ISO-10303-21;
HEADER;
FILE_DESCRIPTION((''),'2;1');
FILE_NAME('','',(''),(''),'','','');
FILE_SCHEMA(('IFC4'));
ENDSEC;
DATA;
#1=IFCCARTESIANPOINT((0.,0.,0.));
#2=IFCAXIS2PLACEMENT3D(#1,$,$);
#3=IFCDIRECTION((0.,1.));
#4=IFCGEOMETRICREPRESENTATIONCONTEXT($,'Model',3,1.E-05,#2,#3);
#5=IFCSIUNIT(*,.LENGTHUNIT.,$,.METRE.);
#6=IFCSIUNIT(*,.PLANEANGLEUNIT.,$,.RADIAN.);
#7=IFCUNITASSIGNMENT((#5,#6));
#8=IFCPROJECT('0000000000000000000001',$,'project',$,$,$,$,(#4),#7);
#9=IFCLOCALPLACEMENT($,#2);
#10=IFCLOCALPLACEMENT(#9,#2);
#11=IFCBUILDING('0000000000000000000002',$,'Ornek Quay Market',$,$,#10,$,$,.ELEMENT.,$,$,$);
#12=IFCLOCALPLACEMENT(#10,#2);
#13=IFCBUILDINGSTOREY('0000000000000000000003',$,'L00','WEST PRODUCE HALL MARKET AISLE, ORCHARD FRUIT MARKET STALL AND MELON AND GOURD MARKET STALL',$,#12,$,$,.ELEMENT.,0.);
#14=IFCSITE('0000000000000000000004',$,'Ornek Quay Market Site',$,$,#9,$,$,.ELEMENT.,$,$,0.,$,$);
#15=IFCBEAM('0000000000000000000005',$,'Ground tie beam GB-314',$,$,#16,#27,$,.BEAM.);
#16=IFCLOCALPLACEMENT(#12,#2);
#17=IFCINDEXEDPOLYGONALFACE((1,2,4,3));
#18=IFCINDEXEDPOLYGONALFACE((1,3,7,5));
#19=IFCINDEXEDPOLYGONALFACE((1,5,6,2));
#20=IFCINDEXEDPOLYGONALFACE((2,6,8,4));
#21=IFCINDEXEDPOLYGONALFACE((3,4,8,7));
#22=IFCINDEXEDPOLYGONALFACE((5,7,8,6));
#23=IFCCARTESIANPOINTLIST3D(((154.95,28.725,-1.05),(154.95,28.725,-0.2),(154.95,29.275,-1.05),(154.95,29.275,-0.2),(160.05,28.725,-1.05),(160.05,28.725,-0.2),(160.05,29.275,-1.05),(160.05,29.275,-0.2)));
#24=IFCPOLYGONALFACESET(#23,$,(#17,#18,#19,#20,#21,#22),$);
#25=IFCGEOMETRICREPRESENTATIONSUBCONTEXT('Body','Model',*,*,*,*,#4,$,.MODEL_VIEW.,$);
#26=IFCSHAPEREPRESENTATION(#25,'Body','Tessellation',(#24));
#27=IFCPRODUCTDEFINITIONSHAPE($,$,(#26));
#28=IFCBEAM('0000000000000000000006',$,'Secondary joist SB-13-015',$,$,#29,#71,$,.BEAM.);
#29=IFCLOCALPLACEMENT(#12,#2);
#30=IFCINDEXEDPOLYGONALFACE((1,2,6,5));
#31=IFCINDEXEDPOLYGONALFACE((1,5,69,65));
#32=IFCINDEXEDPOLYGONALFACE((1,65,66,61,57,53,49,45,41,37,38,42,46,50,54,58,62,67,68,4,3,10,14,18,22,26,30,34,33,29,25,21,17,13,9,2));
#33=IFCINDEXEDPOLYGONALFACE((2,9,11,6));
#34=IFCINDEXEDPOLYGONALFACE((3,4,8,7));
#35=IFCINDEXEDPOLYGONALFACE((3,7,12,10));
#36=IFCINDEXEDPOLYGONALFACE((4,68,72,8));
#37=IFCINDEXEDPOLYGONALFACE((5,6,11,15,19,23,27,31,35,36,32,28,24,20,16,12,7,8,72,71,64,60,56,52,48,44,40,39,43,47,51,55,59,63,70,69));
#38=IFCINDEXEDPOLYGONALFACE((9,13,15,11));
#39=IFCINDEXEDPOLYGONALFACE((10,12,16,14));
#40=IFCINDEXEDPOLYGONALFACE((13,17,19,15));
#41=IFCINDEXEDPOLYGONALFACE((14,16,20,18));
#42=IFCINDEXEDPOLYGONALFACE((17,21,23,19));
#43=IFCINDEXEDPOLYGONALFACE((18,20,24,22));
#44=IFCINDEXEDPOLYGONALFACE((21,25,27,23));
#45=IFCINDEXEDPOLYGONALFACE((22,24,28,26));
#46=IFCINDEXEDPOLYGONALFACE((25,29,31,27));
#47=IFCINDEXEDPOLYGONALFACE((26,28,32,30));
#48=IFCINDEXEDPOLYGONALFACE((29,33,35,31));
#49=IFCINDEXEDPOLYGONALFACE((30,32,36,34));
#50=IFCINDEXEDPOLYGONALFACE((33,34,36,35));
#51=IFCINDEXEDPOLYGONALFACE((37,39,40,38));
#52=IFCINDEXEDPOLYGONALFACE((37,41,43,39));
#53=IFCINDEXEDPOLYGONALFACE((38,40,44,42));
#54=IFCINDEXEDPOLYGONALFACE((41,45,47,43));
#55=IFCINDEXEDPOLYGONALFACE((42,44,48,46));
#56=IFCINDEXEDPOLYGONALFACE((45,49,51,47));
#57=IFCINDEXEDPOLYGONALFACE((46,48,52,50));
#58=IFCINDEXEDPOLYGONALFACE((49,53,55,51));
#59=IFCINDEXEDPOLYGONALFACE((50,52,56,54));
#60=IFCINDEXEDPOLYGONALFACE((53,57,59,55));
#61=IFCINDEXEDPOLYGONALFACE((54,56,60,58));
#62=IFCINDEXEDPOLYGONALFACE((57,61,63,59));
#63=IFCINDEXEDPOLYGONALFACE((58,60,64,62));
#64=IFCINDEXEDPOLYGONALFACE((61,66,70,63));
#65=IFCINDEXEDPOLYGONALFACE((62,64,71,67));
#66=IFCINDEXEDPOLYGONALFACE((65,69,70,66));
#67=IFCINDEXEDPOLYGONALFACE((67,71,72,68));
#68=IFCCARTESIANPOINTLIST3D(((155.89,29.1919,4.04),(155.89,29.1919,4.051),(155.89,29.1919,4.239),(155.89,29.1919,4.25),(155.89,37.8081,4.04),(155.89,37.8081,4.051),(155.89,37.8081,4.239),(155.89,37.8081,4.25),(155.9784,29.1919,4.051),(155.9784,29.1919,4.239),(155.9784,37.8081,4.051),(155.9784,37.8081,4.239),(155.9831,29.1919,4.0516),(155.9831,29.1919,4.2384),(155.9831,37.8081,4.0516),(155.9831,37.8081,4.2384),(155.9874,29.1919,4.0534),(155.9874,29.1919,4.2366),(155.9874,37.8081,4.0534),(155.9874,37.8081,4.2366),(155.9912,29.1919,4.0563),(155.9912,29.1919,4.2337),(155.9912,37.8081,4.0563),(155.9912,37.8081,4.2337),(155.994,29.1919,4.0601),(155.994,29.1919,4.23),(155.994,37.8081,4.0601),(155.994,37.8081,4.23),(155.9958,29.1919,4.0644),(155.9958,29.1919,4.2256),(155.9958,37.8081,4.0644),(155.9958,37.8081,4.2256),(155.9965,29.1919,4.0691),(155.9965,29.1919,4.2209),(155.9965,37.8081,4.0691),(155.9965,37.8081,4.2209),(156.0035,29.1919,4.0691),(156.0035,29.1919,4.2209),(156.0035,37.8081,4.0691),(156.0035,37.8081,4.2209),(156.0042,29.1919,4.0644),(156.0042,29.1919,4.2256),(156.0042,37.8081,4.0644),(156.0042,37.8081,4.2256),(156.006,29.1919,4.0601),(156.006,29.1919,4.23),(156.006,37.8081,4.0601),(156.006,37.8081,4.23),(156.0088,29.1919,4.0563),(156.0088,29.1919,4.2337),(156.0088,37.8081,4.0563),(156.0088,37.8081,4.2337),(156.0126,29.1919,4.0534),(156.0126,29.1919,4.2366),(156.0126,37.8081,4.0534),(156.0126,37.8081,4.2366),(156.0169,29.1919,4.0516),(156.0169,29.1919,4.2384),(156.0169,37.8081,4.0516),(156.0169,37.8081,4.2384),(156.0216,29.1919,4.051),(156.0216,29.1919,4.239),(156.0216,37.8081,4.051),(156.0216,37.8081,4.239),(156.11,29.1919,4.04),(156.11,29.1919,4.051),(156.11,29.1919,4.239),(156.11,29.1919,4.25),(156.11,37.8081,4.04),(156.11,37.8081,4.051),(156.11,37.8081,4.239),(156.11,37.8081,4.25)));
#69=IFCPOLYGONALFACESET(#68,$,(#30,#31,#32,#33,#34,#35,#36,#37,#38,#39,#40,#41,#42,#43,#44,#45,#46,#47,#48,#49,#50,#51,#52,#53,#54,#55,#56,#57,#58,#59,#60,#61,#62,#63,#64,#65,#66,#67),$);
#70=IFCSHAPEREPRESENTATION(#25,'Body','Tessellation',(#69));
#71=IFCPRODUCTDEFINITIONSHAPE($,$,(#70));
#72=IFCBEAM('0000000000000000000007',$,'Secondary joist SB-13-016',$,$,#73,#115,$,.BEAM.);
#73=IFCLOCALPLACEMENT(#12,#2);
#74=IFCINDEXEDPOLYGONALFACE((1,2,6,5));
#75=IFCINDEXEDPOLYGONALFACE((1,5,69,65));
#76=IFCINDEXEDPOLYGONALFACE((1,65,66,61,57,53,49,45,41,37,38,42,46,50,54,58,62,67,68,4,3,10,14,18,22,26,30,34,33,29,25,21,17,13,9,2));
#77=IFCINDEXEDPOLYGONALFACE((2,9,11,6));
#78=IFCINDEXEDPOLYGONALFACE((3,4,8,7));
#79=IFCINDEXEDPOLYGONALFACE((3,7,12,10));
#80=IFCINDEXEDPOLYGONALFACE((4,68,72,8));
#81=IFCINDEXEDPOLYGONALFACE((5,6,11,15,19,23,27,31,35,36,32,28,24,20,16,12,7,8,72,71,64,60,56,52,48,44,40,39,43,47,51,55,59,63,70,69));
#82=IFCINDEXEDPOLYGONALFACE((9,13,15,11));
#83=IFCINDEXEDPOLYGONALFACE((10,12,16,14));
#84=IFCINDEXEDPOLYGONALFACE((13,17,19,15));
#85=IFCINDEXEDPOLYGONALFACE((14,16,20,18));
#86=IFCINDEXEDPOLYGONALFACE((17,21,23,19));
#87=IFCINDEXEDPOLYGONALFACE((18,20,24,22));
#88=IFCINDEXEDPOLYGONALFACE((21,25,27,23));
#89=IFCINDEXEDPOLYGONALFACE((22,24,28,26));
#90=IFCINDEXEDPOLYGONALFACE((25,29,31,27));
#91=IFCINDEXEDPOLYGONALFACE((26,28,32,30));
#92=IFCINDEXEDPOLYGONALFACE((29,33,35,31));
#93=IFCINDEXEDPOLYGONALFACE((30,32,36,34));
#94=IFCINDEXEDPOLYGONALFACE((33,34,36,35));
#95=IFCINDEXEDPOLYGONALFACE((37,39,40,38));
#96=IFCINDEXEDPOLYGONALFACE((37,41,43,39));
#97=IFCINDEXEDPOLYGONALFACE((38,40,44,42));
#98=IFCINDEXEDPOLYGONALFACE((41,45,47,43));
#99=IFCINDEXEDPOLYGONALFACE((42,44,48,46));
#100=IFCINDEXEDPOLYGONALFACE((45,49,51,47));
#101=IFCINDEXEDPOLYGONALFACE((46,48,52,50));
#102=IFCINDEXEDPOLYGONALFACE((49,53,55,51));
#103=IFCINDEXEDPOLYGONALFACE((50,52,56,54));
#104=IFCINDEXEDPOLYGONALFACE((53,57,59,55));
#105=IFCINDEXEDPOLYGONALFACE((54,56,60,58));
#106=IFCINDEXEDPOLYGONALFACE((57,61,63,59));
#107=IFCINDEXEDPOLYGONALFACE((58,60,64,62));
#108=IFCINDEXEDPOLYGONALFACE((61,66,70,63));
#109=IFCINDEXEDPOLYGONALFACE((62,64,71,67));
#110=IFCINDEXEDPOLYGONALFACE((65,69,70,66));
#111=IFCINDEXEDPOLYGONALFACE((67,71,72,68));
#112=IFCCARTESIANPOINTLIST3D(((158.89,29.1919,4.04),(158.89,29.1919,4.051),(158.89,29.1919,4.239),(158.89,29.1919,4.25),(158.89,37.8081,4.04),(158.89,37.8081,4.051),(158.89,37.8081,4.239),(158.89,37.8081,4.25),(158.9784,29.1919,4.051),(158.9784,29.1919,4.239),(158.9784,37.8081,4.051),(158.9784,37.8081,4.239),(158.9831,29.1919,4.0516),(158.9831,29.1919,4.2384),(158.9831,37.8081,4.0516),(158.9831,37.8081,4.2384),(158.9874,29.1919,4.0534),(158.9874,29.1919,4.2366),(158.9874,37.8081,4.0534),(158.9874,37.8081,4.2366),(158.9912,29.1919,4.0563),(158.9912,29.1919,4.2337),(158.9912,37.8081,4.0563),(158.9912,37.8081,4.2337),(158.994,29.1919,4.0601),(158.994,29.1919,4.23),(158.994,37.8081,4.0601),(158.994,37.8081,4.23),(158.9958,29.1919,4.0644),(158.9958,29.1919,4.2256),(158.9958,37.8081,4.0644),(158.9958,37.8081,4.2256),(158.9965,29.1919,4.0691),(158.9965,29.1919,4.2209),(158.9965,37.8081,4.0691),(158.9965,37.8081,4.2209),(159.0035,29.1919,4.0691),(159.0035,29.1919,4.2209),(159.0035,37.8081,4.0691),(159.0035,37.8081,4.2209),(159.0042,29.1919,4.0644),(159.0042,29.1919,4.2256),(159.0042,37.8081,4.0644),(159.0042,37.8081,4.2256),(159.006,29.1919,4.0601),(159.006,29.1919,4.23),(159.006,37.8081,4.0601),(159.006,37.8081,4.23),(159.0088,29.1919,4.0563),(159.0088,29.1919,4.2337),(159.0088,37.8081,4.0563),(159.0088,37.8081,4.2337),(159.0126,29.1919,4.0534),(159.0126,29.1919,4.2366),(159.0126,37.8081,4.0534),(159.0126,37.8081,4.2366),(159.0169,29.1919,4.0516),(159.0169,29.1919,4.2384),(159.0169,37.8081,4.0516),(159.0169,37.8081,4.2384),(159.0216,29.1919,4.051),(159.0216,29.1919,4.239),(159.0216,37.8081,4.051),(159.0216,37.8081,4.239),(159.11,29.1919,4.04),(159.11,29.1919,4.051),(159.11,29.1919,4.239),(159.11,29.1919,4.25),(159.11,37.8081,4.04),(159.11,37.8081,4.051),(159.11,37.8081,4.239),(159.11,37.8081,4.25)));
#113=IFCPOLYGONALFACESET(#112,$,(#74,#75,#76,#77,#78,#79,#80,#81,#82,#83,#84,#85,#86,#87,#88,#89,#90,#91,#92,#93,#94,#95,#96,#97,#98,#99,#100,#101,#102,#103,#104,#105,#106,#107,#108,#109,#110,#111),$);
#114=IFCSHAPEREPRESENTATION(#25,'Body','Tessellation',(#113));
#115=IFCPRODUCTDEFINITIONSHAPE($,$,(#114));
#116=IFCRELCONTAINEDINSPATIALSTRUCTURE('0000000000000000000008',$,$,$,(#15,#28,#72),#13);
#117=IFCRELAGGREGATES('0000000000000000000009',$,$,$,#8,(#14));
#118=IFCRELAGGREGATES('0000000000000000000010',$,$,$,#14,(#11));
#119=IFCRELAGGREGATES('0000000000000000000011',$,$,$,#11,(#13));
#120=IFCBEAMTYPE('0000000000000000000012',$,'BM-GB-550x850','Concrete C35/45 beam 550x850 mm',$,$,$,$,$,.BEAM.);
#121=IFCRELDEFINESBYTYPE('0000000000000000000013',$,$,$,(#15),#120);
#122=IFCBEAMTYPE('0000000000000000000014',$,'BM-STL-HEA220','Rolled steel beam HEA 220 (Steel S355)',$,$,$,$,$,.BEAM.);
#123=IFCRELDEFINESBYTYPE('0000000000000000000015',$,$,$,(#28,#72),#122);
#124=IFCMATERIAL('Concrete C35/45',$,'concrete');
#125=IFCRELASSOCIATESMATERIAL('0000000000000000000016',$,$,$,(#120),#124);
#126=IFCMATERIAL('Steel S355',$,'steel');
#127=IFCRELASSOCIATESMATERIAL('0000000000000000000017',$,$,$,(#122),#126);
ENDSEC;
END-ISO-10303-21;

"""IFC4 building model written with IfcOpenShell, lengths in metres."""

from ifc_helpers import new_model, si_unit, direction, frame, origin, origin_2d, place, context, subcontext, project, spatial, rectangle, i_section, extrude, material, material_profile, profile_set, type_object, element, save


model = new_model("IFC4")

# Units and contexts
model_context = context("Model", 3, precision=1e-05, world=origin(), true_north=direction((0.0, 1.0)))
body_context = subcontext(model_context, "Body", "Model", "MODEL_VIEW")
ifc_project = project(units=[si_unit("LENGTHUNIT", "METRE"), si_unit("PLANEANGLEUNIT", "RADIAN")], contexts=[model_context])

# Site, building, storey
site_placement = place(None, origin())
site = spatial("IfcSite", under=ifc_project, at=site_placement, Name="Ornek Quay Market Site", CompositionType="ELEMENT", RefElevation=0.0)
building_placement = place(site_placement, origin())
building = spatial("IfcBuilding", under=site, at=building_placement, Name="Ornek Quay Market", CompositionType="ELEMENT")
storey_placement = place(building_placement, origin())
storey = spatial("IfcBuildingStorey", under=building, at=storey_placement, Name="L00", Description="WEST PRODUCE HALL MARKET AISLE, ORCHARD FRUIT MARKET STALL AND MELON AND GOURD MARKET STALL", CompositionType="ELEMENT", Elevation=0.0)

# Shared definitions
ifc_material_1 = material(Name="Concrete C35/45", Category="concrete")

# Beams
ifc_material_profile_1 = material_profile(ifc_material_1, rectangle(XDim=0.55, YDim=0.8501, at=origin_2d()), Name="RC 550x850", Category="concrete")
ifc_profile_set_1 = profile_set([ifc_material_profile_1], Name="Concrete C35/45")
beam_type_1 = type_object("IfcBeamType", Name="BM-GB-550x850", Description="Concrete C35/45 beam 550x850 mm", PredefinedType="BEAM", material=ifc_profile_set_1)
beam_placement = place(storey_placement, frame((154.95, 29.0, -0.625), z_axis=(1.0, 0.0, 0.0), x_axis=(0.0, 1.0, 0.0)))
element("IfcBeam", 1, at=beam_placement, inside=storey, type_object=beam_type_1, Name="Ground tie beam GB-314", PredefinedType="BEAM", context=body_context, shape_type="SweptSolid", body=[
    extrude(rectangle(XDim=0.55, YDim=0.8501, at=origin_2d()), origin(), (0.0, 0.0, 1.0), 5.1001),
])
ifc_material_2 = material(Name="Steel S355", Category="steel")
ifc_material_profile_2 = material_profile(ifc_material_2, i_section(OverallWidth=0.22, OverallDepth=0.21, WebThickness=0.0071, FlangeThickness=0.011, FilletRadius=0.0181, at=origin_2d()), Name="HEA 220", Category="steel")
ifc_profile_set_2 = profile_set([ifc_material_profile_2], Name="Steel S355")
beam_type_2 = type_object("IfcBeamType", Name="BM-STL-HEA220", Description="Rolled steel beam HEA 220 (Steel S355)", PredefinedType="BEAM", material=ifc_profile_set_2)
for number, where, z_axis, x_axis, name in (
    (2, (156.0, 29.1919, 4.145), (0.0, 1.0, 0.0), (-1.0, 0.0, 0.0), "Secondary joist SB-13-015"),
    (3, (159.0, 29.1919, 4.145), (0.0, 1.0, 0.0), (-1.0, 0.0, 0.0), "Secondary joist SB-13-016"),
):
    element("IfcBeam", number, at=place(storey_placement, frame(where, z_axis=z_axis, x_axis=x_axis)), inside=storey, type_object=beam_type_2, Name=name, PredefinedType="BEAM", context=body_context, shape_type="SweptSolid", body=[
        extrude(i_section(OverallWidth=0.22, OverallDepth=0.21, WebThickness=0.0071, FlangeThickness=0.011, FilletRadius=0.0181, at=origin_2d()), origin(), (0.0, 0.0, 1.0), 8.6162),
    ])

save(model, "model.ifc")
